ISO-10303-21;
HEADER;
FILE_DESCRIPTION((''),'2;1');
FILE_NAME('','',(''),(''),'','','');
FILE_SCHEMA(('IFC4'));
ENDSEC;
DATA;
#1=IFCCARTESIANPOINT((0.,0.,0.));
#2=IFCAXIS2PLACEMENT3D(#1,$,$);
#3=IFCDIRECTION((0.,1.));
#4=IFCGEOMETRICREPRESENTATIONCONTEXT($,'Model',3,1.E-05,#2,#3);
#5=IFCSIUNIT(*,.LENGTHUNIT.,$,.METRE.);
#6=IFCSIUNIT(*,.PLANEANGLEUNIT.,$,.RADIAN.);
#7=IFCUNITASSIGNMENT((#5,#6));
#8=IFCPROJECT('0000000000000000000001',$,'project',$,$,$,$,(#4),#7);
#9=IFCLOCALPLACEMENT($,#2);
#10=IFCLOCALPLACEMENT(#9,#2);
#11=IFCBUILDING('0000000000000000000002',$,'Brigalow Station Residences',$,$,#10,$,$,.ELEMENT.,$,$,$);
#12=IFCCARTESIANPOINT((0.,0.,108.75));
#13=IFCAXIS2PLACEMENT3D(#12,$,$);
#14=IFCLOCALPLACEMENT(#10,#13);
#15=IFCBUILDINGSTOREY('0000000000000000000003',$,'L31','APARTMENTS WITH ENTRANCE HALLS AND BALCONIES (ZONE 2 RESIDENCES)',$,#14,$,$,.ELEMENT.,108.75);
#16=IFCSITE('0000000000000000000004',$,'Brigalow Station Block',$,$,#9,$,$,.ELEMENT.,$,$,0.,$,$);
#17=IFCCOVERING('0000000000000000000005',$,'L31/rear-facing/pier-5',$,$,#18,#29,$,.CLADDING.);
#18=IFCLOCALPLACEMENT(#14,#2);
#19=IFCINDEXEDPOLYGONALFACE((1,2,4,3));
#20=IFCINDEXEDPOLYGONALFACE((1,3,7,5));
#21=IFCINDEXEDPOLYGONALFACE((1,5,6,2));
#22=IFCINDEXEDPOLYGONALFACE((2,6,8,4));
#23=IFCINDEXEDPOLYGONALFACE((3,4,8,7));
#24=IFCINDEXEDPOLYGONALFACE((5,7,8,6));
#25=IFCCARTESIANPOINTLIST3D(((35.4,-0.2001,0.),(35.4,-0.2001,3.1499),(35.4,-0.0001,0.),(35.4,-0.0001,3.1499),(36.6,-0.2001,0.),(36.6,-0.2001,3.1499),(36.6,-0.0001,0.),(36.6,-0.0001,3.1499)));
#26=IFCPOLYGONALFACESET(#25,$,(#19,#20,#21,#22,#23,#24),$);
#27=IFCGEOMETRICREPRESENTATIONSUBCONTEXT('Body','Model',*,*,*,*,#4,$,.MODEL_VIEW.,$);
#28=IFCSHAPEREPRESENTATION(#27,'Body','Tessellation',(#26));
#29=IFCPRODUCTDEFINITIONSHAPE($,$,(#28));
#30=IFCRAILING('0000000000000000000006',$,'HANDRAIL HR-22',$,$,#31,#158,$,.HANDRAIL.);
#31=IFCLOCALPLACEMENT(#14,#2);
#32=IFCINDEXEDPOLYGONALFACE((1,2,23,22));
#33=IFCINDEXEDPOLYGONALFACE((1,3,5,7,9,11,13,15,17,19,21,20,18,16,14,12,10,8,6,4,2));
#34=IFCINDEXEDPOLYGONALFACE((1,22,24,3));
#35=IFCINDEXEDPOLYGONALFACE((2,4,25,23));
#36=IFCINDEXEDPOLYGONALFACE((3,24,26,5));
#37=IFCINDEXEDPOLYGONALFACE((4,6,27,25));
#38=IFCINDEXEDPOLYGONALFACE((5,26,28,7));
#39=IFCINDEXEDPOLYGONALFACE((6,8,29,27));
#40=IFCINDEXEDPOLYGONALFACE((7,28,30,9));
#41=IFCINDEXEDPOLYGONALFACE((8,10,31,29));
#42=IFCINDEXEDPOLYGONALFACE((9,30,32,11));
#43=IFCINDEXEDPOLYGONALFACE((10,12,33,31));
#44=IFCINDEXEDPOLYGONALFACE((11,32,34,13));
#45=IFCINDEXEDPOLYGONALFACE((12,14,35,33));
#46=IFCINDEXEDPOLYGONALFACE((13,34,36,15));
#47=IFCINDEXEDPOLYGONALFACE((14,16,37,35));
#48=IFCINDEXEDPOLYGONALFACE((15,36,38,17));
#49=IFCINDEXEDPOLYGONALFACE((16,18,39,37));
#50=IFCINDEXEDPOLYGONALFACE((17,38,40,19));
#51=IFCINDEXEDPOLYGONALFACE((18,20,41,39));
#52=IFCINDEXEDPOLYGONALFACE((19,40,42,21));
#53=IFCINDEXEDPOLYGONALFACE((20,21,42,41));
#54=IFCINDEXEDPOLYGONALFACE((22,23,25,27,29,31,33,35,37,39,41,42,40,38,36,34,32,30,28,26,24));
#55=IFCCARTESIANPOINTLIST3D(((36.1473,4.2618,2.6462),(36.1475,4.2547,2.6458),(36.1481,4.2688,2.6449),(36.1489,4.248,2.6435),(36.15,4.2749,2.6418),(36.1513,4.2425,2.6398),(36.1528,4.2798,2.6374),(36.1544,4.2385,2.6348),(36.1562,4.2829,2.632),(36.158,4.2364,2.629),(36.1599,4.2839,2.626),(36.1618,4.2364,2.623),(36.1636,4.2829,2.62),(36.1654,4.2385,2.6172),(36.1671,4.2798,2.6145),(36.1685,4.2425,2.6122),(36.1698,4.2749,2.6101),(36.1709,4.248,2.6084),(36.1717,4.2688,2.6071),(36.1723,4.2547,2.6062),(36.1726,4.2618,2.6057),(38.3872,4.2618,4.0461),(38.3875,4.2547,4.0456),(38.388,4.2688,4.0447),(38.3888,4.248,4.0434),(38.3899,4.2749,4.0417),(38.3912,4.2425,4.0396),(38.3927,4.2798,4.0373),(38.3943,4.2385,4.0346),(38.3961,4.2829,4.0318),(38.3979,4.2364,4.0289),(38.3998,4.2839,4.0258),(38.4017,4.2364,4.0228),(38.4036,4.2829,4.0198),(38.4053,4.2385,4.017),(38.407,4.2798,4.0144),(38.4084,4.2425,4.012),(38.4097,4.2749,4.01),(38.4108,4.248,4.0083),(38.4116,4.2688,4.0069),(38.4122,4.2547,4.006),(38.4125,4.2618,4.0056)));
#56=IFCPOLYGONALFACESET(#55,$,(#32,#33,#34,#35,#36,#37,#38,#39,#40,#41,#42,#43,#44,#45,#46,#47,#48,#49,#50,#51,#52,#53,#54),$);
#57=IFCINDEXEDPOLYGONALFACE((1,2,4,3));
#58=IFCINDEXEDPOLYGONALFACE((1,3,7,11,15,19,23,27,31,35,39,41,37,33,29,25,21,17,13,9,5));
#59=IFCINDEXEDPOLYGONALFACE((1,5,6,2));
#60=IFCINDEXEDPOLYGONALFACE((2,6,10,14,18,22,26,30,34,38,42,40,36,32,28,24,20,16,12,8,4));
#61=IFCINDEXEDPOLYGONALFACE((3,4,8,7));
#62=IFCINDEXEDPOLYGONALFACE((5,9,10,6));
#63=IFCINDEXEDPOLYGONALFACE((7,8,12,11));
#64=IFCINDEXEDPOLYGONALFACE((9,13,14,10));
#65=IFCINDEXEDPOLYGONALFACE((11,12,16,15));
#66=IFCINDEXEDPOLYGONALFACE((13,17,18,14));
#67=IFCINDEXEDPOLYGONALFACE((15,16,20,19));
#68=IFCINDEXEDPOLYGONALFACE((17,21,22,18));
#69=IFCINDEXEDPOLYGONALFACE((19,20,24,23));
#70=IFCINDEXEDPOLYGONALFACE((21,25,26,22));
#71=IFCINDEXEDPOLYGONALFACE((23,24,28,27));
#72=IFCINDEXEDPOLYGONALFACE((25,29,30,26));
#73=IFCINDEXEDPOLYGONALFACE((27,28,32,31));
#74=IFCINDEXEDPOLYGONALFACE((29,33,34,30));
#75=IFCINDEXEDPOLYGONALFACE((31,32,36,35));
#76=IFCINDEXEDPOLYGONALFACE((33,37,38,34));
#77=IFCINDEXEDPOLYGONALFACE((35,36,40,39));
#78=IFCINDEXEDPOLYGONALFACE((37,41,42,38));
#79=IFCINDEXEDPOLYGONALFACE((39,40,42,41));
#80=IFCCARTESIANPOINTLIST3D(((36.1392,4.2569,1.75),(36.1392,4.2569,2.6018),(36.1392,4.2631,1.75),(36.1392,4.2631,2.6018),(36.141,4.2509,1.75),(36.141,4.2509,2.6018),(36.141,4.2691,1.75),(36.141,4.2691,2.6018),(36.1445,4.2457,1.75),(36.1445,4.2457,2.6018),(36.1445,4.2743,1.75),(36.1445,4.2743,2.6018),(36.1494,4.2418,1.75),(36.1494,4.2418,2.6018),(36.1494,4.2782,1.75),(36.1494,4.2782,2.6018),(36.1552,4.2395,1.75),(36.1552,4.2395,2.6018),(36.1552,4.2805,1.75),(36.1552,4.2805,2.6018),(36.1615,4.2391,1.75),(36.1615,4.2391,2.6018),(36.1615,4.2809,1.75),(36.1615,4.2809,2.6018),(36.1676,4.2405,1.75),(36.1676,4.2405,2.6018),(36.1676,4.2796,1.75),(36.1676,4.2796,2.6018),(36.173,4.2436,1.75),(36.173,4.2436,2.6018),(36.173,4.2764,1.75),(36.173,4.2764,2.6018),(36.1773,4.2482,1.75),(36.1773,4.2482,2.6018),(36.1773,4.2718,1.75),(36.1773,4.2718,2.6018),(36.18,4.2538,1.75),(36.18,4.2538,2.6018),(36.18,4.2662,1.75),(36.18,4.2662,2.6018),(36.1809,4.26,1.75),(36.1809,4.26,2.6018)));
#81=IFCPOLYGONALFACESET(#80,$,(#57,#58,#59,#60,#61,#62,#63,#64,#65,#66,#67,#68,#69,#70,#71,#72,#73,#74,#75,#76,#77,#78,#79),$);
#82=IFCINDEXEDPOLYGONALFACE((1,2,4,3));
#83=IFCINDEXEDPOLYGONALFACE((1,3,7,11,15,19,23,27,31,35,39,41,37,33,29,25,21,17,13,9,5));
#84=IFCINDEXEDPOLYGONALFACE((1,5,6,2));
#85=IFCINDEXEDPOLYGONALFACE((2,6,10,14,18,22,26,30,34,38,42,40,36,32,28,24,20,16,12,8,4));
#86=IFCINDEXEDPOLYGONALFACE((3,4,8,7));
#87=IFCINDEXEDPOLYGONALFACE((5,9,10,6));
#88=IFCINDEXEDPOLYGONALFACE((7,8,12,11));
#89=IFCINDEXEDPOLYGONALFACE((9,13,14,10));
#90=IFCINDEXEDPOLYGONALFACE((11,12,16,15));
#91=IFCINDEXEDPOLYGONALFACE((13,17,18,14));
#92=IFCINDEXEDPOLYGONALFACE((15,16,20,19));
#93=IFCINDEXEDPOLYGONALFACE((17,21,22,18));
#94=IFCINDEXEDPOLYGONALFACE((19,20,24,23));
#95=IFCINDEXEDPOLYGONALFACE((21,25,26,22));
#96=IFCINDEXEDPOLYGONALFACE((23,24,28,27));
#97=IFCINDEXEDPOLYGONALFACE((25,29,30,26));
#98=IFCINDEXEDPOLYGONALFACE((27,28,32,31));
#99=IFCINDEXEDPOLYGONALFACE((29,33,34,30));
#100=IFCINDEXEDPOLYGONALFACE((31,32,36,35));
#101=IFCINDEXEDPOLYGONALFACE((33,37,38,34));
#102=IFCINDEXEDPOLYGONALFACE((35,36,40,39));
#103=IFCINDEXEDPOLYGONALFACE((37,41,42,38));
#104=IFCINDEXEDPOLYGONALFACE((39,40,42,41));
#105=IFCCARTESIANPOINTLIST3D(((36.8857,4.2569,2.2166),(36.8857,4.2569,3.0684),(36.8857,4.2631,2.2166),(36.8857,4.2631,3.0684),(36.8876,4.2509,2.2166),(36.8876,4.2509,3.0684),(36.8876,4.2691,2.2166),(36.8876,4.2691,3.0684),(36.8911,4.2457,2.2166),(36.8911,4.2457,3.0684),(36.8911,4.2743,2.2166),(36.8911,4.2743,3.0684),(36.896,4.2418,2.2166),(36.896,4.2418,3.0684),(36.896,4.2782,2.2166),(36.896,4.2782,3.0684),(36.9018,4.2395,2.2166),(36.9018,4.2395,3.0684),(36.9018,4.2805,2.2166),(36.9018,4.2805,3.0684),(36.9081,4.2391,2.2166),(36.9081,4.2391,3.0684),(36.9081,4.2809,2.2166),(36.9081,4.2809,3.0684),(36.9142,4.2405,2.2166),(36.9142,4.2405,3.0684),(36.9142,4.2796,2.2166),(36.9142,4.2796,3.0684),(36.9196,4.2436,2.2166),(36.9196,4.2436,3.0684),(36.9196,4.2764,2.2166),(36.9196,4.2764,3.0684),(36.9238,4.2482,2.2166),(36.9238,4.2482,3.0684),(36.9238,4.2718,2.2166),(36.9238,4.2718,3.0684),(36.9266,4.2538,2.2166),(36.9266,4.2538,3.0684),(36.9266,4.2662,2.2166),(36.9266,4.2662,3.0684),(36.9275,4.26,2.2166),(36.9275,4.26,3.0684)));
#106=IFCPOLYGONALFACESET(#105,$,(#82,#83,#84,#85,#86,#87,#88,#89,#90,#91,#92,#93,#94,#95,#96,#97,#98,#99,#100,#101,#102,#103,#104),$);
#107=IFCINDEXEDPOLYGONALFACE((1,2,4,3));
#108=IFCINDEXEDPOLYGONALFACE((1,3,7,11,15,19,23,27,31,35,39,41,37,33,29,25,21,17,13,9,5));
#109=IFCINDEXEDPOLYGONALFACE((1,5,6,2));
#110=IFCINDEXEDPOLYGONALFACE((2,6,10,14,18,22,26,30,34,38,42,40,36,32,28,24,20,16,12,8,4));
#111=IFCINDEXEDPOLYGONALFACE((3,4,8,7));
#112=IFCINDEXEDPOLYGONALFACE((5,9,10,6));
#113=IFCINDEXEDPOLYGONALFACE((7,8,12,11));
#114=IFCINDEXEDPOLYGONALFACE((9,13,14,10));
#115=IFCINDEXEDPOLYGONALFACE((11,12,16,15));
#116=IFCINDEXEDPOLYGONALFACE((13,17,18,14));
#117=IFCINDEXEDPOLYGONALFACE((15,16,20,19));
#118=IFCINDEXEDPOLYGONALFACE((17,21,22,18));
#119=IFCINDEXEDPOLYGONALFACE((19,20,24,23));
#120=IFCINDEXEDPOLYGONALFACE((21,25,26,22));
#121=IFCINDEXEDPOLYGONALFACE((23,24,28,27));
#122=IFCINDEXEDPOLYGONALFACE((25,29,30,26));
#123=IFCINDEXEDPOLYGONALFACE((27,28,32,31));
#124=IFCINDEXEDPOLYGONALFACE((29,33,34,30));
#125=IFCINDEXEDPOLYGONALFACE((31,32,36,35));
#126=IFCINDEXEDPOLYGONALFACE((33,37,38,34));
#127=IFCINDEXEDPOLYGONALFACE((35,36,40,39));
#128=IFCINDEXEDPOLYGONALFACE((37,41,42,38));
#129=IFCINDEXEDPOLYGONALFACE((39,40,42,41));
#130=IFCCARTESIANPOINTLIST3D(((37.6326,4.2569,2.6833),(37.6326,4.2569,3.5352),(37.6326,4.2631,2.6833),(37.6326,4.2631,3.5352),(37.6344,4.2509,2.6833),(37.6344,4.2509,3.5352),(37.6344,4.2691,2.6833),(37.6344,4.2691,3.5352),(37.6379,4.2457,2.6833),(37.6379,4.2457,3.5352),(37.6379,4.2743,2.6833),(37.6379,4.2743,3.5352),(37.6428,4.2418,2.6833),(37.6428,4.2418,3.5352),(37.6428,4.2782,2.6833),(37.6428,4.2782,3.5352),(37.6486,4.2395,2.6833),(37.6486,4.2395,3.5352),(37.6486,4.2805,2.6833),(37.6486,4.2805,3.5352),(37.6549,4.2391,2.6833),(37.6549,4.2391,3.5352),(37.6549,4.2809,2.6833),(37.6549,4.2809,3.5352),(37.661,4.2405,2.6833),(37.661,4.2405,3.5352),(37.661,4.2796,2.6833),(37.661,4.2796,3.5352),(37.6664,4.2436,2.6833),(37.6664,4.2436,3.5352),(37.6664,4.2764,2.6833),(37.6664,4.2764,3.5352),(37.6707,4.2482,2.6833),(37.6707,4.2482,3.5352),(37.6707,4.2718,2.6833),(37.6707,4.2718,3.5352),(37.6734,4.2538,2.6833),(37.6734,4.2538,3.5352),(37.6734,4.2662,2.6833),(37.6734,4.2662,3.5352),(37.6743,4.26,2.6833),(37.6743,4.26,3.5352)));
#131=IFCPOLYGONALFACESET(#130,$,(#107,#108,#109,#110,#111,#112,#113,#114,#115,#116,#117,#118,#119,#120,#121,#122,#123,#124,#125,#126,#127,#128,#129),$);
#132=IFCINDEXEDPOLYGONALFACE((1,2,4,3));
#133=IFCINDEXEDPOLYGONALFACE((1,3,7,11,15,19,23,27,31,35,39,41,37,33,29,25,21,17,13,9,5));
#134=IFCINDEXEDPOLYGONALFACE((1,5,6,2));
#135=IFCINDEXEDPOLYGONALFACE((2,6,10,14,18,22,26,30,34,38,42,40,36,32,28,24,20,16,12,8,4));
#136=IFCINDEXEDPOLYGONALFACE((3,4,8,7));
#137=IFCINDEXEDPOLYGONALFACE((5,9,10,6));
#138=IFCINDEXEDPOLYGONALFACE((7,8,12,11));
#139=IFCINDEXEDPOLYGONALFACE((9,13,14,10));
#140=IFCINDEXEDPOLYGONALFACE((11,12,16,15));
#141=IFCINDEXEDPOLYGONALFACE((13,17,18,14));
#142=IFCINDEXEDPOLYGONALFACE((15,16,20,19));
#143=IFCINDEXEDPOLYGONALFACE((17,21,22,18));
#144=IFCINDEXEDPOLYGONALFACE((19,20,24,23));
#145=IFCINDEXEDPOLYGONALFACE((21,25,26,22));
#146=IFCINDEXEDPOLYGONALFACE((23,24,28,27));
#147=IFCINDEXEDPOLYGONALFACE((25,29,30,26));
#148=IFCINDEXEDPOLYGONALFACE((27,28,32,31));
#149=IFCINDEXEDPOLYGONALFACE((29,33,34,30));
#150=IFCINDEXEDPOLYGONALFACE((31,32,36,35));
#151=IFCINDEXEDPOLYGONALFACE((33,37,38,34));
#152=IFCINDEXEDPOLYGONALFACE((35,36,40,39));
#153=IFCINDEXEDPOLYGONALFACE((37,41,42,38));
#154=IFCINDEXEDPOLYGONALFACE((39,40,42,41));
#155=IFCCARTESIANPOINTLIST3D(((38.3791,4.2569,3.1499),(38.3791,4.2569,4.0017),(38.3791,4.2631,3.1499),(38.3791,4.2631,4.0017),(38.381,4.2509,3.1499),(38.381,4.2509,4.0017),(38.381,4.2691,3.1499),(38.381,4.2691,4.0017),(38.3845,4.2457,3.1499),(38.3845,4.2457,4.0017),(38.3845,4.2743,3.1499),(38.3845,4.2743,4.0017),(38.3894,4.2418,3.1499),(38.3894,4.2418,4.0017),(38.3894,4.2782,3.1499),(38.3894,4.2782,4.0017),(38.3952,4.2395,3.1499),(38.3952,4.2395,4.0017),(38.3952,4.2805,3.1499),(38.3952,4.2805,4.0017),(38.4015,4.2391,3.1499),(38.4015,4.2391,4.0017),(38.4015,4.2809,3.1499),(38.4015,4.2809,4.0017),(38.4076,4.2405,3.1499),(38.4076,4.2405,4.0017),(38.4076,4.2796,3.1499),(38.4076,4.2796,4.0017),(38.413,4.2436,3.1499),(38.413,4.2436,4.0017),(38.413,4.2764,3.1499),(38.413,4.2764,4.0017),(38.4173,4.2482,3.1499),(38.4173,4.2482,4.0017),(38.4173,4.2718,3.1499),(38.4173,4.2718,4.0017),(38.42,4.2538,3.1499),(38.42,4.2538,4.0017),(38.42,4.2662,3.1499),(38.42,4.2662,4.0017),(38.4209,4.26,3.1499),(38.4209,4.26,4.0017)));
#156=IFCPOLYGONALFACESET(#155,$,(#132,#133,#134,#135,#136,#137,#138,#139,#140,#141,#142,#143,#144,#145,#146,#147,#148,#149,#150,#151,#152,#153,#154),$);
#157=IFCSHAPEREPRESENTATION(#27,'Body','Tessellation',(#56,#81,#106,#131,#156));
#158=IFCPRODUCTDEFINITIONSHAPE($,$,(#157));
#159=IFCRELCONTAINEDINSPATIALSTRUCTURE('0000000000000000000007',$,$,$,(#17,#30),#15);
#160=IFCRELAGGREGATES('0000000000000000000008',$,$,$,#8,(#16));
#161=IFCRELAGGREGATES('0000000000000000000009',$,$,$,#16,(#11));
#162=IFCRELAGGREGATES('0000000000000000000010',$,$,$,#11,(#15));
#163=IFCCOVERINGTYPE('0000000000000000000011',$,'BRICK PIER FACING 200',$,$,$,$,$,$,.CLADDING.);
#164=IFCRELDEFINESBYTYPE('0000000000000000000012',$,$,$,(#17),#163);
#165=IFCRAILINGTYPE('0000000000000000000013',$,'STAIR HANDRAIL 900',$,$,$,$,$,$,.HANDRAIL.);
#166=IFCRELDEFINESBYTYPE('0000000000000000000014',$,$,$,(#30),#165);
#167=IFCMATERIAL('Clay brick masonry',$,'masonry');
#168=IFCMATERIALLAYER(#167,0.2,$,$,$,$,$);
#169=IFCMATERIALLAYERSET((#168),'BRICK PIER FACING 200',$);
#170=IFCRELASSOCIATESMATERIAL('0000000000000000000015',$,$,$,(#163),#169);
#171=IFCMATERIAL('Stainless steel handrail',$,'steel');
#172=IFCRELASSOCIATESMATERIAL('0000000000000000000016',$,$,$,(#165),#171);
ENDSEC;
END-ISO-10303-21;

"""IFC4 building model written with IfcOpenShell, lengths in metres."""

from ifc_helpers import new_model, si_unit, direction, frame, origin, origin_2d, place, context, subcontext, project, spatial, rectangle, circle, extrude, material, layer, layer_set, type_object, element, save


model = new_model("IFC4")

# Units and contexts
model_context = context("Model", 3, precision=1e-05, world=origin(), true_north=direction((0.0, 1.0)))
body_context = subcontext(model_context, "Body", "Model", "MODEL_VIEW")
ifc_project = project(units=[si_unit("LENGTHUNIT", "METRE"), si_unit("PLANEANGLEUNIT", "RADIAN")], contexts=[model_context])

# Site, building, storey
site_placement = place(None, origin())
site = spatial("IfcSite", under=ifc_project, at=site_placement, Name="Brigalow Station Block", CompositionType="ELEMENT", RefElevation=0.0)
building_placement = place(site_placement, origin())
building = spatial("IfcBuilding", under=site, at=building_placement, Name="Brigalow Station Residences", CompositionType="ELEMENT")
storey_placement = place(building_placement, frame((0.0, 0.0, 108.75)))
storey = spatial("IfcBuildingStorey", under=building, at=storey_placement, Name="L31", Description="APARTMENTS WITH ENTRANCE HALLS AND BALCONIES (ZONE 2 RESIDENCES)", CompositionType="ELEMENT", Elevation=108.75)

# Covering
ifc_material_1 = material(Name="Clay brick masonry", Category="masonry")
ifc_layer_1 = layer(ifc_material_1, 0.2)
ifc_layer_set_1 = layer_set([ifc_layer_1], Name="BRICK PIER FACING 200")
covering_type_1 = type_object("IfcCoveringType", Name="BRICK PIER FACING 200", PredefinedType="CLADDING", material=ifc_layer_set_1)
for number, where, z_axis, x_axis, name in (
    (1, (36.0, -0.1001, 0.0), (0.0, 0.0, 1.0), (1.0, 0.0, 0.0), "L31/rear-facing/pier-5"),
):
    element("IfcCovering", number, at=place(storey_placement, frame(where, z_axis=z_axis, x_axis=x_axis)), inside=storey, type_object=covering_type_1, Name=name, PredefinedType="CLADDING", context=body_context, shape_type="SweptSolid", body=[
        extrude(rectangle(XDim=1.2, YDim=0.2, at=origin_2d()), origin(), (0.0, 0.0, 1.0), 3.1499),
    ])

# Railing
ifc_material_2 = material(Name="Stainless steel handrail", Category="steel")
railing_type = type_object("IfcRailingType", Name="STAIR HANDRAIL 900", PredefinedType="HANDRAIL", material=ifc_material_2)
railing_placement = place(storey_placement, frame((36.1599, 4.26, 1.75)))
element("IfcRailing", 2, at=railing_placement, inside=storey, type_object=railing_type, Name="HANDRAIL HR-22", PredefinedType="HANDRAIL", context=body_context, shape_type="SweptSolid", body=[
    extrude(circle(Radius=0.0239, at=origin_2d()), frame((0.0, 0.0, 0.876), z_axis=(0.848014, 0.0, 0.529974), x_axis=(0.0, 1.0, 0.0)), (0.0, 0.0, 1.0), 2.6414),
    extrude(circle(Radius=0.021, at=origin_2d()), origin(), (0.0, 0.0, 1.0), 0.8518),
    extrude(circle(Radius=0.021, at=origin_2d()), frame((0.7466, 0.0, 0.4666)), (0.0, 0.0, 1.0), 0.8518),
    extrude(circle(Radius=0.021, at=origin_2d()), frame((1.4934, 0.0, 0.9333)), (0.0, 0.0, 1.0), 0.8518),
    extrude(circle(Radius=0.021, at=origin_2d()), frame((2.24, 0.0, 1.3999)), (0.0, 0.0, 1.0), 0.8518),
])

save(model, "model.ifc")
